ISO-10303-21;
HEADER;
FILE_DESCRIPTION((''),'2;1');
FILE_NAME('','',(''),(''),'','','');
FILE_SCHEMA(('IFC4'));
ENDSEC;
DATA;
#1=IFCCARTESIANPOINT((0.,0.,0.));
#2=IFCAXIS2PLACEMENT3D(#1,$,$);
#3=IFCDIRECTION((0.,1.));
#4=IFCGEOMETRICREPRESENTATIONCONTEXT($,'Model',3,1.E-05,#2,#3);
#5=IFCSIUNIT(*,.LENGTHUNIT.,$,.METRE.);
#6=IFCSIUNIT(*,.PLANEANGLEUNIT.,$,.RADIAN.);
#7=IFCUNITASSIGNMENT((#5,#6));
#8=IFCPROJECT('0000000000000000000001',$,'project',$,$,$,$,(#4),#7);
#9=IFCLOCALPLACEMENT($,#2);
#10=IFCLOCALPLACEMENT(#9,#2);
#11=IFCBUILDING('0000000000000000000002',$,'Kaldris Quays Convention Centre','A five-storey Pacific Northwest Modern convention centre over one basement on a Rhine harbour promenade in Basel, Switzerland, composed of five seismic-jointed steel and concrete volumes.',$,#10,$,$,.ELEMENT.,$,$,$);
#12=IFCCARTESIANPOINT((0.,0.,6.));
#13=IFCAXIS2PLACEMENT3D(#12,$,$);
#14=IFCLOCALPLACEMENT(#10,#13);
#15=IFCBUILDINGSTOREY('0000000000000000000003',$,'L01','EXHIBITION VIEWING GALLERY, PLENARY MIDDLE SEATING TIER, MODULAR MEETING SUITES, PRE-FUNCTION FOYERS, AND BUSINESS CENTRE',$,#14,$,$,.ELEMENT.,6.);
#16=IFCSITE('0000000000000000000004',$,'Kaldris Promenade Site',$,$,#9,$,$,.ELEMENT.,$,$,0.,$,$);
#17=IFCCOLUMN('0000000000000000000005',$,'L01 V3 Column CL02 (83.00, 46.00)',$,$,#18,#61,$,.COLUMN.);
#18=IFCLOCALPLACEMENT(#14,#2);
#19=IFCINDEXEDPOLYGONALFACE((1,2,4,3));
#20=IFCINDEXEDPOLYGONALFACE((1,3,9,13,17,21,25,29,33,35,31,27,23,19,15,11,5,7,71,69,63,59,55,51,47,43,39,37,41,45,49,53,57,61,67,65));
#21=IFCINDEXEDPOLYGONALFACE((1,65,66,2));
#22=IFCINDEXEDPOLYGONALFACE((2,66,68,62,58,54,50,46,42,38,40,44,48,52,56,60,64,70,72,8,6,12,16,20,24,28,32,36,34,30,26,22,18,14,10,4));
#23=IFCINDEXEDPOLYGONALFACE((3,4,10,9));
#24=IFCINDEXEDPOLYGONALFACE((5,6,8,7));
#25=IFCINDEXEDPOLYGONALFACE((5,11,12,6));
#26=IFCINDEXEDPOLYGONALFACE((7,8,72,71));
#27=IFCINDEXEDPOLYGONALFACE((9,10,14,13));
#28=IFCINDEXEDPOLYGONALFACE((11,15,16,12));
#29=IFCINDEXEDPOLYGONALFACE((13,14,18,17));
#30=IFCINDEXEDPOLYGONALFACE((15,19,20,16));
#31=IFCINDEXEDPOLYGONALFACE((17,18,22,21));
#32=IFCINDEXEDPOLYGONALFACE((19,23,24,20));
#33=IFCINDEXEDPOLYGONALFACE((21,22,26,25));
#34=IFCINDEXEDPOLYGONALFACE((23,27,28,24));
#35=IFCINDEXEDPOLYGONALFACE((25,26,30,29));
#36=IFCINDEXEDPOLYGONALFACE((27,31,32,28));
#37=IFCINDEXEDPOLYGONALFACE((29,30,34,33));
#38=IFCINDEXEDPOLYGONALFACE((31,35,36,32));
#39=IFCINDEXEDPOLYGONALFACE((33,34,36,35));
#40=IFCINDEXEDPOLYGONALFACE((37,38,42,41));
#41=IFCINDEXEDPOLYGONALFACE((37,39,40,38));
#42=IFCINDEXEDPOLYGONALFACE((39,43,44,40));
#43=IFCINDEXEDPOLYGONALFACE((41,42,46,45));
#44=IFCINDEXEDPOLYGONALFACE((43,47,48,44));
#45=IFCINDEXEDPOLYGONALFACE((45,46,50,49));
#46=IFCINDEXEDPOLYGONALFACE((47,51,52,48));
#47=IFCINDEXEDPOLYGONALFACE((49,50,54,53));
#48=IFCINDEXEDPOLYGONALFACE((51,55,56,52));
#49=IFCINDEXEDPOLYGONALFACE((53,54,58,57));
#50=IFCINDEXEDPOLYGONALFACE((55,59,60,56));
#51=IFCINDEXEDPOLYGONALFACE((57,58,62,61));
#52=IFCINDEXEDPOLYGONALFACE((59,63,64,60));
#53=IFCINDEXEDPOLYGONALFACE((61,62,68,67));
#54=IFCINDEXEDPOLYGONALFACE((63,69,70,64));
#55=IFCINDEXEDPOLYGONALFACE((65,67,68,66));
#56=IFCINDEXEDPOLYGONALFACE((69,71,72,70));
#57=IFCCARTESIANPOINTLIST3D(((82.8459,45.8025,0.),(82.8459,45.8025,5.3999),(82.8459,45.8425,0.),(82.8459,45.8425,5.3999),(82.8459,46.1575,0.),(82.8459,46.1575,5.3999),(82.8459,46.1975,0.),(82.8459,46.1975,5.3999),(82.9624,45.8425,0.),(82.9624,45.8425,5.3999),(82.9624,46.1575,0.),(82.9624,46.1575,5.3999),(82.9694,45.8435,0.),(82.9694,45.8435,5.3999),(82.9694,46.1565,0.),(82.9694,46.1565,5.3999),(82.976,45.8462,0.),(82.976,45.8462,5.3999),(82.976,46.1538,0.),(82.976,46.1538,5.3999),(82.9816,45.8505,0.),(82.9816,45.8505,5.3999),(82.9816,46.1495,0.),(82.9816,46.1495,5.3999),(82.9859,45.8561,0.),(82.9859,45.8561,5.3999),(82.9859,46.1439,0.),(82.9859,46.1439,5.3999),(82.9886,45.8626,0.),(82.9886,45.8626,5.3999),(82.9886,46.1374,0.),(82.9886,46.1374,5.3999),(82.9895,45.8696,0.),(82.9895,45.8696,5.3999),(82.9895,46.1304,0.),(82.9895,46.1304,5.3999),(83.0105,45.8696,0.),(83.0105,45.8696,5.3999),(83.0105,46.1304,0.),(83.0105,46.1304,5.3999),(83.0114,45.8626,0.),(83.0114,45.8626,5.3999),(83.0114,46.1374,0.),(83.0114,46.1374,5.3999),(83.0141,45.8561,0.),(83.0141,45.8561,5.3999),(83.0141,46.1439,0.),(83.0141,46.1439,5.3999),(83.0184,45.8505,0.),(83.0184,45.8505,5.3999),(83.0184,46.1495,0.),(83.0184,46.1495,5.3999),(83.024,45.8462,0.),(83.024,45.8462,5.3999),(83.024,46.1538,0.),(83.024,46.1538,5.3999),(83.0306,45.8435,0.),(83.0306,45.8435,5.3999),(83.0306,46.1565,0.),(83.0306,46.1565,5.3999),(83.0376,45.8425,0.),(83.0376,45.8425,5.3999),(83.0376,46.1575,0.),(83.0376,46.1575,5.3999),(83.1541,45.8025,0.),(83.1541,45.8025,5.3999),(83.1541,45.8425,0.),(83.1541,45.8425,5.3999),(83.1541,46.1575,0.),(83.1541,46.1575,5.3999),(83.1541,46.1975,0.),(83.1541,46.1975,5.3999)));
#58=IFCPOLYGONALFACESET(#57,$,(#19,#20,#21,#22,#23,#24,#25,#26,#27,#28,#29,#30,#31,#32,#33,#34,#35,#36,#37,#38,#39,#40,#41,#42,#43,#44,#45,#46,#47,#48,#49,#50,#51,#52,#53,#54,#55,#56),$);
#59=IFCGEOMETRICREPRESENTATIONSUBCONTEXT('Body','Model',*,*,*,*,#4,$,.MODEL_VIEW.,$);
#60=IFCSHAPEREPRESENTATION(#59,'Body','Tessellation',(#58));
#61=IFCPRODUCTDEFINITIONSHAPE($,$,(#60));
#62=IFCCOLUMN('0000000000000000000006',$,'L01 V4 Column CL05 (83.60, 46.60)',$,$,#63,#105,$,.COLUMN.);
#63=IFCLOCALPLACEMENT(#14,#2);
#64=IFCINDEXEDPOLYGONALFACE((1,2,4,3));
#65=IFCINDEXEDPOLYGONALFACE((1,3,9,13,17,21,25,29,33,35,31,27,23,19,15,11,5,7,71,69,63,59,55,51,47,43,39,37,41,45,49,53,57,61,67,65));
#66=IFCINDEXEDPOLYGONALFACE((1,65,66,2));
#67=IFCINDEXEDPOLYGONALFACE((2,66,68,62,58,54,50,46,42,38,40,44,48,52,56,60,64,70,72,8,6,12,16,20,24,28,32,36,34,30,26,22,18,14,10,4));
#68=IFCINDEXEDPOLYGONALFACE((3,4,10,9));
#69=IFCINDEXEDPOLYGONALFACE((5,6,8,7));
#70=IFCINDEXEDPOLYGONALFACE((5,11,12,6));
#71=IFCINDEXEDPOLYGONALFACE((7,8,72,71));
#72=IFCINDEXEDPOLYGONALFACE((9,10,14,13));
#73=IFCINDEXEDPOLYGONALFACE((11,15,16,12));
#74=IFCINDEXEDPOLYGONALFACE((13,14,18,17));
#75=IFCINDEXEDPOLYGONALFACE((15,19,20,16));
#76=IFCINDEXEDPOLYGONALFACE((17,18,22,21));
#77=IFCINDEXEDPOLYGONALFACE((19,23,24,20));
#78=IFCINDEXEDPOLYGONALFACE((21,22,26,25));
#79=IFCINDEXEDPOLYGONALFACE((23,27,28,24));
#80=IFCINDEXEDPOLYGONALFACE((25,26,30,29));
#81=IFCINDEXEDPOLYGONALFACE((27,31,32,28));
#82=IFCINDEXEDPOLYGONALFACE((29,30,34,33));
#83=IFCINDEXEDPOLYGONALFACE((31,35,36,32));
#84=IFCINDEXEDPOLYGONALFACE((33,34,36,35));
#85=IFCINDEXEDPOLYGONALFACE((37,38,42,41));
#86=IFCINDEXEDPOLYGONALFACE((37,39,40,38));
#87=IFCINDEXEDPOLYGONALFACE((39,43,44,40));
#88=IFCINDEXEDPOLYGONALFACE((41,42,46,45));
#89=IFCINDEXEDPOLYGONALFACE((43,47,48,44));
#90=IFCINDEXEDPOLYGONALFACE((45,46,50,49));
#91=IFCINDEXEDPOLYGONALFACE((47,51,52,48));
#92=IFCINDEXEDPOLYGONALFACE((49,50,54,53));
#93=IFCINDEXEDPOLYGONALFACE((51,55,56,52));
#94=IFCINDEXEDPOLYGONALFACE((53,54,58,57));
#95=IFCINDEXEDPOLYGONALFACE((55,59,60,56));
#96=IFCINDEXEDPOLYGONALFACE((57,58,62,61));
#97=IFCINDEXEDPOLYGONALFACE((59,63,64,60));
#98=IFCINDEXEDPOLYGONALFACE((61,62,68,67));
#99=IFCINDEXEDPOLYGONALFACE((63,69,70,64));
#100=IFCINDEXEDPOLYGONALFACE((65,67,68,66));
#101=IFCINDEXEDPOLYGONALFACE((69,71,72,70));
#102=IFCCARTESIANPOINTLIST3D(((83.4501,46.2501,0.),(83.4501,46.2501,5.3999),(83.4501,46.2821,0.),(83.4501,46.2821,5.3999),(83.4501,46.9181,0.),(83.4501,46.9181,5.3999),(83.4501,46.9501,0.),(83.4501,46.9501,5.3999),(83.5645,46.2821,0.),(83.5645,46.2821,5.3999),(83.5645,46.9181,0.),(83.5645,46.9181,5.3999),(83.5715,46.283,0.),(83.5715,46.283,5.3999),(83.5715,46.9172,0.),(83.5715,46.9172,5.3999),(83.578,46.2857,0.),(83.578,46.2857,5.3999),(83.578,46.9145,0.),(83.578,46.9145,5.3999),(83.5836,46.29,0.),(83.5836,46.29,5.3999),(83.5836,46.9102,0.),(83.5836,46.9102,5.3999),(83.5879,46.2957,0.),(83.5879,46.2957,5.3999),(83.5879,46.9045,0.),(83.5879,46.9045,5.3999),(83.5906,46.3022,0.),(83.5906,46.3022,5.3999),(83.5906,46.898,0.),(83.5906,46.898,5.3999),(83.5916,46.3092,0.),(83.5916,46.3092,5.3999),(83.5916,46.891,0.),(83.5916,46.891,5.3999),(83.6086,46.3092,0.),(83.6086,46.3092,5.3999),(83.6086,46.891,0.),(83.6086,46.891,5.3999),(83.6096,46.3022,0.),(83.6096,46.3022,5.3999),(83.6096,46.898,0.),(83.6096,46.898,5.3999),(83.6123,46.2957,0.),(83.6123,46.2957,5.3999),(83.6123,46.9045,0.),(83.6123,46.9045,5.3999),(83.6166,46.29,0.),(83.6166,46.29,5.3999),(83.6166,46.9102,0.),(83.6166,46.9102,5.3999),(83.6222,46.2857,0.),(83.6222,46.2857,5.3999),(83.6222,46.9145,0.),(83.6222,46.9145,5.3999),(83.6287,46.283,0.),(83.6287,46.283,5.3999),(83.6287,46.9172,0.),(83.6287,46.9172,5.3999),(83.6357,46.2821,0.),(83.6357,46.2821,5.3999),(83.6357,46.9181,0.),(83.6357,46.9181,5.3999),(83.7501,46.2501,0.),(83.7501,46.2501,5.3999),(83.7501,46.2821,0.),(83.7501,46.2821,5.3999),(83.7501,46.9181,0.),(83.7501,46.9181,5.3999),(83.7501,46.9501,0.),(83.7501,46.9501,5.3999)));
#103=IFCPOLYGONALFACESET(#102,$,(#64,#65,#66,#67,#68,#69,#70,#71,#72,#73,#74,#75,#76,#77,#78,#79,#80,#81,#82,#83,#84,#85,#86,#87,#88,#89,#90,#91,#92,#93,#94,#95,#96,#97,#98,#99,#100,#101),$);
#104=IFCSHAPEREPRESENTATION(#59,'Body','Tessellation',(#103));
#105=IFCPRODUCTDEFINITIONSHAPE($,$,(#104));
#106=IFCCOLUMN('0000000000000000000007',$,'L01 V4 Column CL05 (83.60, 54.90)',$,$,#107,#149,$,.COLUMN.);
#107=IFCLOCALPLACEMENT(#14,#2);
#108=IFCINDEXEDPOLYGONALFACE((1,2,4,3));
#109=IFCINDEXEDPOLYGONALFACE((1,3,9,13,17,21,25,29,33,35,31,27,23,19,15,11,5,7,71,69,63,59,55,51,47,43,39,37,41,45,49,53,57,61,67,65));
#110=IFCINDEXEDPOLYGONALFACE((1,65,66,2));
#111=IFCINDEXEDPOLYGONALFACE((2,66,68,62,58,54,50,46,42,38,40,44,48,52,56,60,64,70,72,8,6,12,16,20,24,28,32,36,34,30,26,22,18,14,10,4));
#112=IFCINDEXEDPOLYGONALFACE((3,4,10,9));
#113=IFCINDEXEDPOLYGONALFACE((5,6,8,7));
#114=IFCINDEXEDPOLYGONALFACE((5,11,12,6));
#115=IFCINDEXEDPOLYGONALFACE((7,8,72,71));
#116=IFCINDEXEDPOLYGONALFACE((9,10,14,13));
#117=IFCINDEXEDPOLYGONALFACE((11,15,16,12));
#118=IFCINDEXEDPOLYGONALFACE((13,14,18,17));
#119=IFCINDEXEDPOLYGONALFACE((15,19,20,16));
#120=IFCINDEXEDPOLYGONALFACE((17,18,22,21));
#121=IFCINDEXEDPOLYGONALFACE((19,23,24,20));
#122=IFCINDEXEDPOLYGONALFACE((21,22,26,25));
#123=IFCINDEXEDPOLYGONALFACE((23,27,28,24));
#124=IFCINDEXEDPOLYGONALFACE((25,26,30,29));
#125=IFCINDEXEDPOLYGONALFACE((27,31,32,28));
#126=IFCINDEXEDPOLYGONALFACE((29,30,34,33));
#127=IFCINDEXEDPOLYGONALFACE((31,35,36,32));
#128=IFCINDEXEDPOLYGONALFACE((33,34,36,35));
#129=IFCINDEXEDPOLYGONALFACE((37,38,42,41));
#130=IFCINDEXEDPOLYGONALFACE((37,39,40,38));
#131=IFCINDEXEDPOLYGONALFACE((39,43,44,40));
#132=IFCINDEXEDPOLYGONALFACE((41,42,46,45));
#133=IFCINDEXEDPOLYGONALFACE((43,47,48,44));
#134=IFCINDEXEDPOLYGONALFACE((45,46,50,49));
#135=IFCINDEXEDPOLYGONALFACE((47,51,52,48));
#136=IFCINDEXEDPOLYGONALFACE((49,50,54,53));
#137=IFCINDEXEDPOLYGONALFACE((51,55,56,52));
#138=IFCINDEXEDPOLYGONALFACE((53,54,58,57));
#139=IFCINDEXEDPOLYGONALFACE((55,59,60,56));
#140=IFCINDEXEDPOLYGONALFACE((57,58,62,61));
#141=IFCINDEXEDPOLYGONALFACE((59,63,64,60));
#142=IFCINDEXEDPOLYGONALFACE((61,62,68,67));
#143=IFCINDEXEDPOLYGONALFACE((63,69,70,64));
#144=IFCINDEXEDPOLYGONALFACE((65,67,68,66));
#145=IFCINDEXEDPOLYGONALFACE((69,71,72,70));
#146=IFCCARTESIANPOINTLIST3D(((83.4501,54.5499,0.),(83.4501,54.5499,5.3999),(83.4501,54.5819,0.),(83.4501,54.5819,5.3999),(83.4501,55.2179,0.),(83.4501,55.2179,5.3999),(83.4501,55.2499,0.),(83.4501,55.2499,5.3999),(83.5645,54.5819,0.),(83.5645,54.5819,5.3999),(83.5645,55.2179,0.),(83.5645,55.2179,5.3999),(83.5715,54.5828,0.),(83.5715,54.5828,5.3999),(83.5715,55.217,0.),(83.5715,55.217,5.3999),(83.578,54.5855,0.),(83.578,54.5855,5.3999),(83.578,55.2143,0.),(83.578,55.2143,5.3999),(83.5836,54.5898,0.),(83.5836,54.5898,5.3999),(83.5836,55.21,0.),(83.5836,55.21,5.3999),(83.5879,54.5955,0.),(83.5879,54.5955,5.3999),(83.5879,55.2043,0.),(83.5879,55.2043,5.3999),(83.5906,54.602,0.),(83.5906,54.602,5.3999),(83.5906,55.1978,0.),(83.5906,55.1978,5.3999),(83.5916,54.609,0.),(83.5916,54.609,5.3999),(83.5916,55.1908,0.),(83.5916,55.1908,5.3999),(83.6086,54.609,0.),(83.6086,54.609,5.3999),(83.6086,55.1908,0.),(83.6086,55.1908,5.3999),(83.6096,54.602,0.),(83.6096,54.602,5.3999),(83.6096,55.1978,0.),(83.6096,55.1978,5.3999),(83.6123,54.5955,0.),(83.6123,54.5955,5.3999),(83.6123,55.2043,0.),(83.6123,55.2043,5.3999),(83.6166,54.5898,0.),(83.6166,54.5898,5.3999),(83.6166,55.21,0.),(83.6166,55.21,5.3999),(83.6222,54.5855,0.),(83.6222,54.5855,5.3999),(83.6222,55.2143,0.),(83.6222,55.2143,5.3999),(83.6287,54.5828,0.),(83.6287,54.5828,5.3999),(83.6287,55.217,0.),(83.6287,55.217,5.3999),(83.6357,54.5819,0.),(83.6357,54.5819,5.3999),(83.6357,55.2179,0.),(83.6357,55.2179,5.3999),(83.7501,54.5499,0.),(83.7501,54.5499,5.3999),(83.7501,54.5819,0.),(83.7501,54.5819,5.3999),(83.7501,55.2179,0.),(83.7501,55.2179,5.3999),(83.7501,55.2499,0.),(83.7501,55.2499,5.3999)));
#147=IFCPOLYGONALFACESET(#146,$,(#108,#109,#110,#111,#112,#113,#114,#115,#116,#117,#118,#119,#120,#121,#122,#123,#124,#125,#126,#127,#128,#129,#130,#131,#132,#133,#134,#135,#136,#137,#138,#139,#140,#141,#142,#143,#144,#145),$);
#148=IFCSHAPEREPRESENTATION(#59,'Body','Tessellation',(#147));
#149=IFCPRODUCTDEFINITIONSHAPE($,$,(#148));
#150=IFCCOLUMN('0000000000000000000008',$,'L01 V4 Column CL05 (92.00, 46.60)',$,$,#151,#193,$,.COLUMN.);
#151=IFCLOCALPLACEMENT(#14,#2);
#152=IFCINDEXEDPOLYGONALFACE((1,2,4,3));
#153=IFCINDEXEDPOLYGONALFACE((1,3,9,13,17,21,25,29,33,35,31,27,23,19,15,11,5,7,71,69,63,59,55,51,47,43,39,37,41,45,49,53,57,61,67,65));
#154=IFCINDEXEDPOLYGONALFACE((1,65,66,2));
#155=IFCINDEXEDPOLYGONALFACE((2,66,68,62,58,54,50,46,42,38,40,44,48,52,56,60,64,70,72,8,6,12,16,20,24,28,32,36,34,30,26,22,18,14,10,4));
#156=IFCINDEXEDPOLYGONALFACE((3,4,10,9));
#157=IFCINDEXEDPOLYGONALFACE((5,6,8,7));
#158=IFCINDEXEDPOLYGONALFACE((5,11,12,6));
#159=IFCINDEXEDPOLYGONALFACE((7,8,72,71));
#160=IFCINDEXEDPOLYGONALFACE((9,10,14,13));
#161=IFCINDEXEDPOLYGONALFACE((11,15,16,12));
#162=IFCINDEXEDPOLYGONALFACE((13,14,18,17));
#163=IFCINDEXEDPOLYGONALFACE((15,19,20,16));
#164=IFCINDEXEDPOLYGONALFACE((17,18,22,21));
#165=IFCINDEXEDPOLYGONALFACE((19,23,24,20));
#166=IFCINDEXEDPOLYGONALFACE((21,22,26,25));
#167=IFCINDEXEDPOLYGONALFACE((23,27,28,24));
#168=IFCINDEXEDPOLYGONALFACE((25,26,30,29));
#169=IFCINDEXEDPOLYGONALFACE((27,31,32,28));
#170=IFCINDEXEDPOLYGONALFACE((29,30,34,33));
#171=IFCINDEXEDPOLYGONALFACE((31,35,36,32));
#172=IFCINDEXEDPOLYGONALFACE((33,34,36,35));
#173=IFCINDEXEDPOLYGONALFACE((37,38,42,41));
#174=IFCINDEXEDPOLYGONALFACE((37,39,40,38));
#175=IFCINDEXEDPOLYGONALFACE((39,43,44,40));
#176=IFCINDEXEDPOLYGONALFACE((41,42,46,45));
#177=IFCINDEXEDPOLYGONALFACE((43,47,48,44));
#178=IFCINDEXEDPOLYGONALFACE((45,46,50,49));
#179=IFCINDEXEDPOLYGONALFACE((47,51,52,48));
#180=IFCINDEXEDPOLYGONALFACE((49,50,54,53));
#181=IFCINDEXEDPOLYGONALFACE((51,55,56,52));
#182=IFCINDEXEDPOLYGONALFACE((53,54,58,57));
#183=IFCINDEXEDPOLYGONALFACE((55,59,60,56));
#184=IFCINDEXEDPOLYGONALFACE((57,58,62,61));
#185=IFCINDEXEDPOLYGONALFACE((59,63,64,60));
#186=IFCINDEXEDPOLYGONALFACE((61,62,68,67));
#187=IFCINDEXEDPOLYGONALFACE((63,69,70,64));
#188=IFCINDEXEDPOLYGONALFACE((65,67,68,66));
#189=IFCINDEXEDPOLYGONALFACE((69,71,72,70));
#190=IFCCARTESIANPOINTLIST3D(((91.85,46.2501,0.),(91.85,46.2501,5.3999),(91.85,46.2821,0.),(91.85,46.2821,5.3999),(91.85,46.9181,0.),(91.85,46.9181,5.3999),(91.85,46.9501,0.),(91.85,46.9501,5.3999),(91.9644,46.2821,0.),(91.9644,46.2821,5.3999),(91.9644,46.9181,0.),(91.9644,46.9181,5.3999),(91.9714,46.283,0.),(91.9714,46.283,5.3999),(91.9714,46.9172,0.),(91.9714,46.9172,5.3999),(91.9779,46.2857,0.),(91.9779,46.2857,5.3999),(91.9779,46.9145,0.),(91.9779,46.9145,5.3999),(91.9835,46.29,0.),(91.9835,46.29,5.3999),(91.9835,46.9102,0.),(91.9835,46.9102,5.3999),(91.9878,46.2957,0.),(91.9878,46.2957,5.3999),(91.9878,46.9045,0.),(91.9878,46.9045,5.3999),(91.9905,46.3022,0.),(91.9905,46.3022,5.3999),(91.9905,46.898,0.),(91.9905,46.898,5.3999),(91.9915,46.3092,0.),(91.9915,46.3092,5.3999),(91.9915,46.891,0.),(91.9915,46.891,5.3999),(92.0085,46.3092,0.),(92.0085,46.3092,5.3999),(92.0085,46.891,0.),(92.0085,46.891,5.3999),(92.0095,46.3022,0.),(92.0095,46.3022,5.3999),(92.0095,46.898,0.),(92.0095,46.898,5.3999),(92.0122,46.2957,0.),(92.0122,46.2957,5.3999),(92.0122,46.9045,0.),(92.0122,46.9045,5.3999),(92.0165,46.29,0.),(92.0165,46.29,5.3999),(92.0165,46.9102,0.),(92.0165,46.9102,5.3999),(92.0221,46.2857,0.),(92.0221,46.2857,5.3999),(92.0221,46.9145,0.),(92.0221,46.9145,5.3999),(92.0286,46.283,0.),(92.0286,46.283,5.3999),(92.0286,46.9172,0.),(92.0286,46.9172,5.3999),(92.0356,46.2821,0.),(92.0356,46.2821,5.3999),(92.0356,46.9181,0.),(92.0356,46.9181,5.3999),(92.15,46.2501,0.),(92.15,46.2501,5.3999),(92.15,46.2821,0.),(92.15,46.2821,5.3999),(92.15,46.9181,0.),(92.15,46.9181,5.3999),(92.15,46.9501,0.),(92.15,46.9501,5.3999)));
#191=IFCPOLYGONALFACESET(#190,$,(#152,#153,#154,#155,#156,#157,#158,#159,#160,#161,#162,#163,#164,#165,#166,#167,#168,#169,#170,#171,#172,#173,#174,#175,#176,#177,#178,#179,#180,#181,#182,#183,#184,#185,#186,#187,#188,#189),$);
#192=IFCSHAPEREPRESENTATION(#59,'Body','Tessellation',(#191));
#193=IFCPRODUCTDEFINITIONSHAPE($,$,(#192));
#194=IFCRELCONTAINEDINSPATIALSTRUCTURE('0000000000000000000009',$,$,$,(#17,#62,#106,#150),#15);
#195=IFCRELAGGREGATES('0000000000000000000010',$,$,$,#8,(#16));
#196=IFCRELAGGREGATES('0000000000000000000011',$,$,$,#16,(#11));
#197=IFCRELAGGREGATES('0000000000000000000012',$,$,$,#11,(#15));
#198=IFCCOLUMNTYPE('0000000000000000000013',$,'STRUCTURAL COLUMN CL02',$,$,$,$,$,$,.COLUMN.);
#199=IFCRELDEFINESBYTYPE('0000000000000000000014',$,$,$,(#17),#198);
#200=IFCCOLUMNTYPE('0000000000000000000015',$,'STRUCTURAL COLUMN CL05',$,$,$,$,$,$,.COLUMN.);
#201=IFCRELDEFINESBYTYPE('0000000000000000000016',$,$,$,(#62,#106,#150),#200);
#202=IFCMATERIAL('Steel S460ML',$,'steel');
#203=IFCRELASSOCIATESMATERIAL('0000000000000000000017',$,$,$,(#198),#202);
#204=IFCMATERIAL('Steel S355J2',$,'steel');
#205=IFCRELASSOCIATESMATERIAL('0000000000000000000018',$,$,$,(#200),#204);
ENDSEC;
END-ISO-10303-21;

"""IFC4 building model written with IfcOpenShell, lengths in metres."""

from ifc_helpers import new_model, si_unit, direction, frame, origin, origin_2d, place, context, subcontext, project, spatial, i_section, extrude, material, material_profile, profile_set, type_object, element, save


model = new_model("IFC4")

# Units and contexts
model_context = context("Model", 3, precision=1e-05, world=origin(), true_north=direction((0.0, 1.0)))
body_context = subcontext(model_context, "Body", "Model", "MODEL_VIEW")
ifc_project = project(units=[si_unit("LENGTHUNIT", "METRE"), si_unit("PLANEANGLEUNIT", "RADIAN")], contexts=[model_context])

# Site, building, storey
site_placement = place(None, origin())
site = spatial("IfcSite", under=ifc_project, at=site_placement, Name="Kaldris Promenade Site", CompositionType="ELEMENT", RefElevation=0.0)
building_placement = place(site_placement, origin())
building = spatial("IfcBuilding", under=site, at=building_placement, Name="Kaldris Quays Convention Centre", Description="A five-storey Pacific Northwest Modern convention centre over one basement on a Rhine harbour promenade in Basel, Switzerland, composed of five seismic-jointed steel and concrete volumes.", CompositionType="ELEMENT")
storey_placement = place(building_placement, frame((0.0, 0.0, 6.0)))
storey = spatial("IfcBuildingStorey", under=building, at=storey_placement, Name="L01", Description="EXHIBITION VIEWING GALLERY, PLENARY MIDDLE SEATING TIER, MODULAR MEETING SUITES, PRE-FUNCTION FOYERS, AND BUSINESS CENTRE", CompositionType="ELEMENT", Elevation=6.0)

# Columns
ifc_material_1 = material(Name="Steel S460ML", Category="steel")
ifc_material_profile_1 = material_profile(ifc_material_1, i_section(OverallWidth=0.3081, OverallDepth=0.395, WebThickness=0.021, FlangeThickness=0.04, FilletRadius=0.0271, at=origin_2d()), Name="HEM 360")
ifc_profile_set_1 = profile_set([ifc_material_profile_1], Name="Steel S460ML")
column_type_1 = type_object("IfcColumnType", Name="STRUCTURAL COLUMN CL02", PredefinedType="COLUMN", material=ifc_profile_set_1)
column_placement = place(storey_placement, frame((83.0, 46.0, 0.0), z_axis=(0.0, 0.0, 1.0), x_axis=(1.0, 0.0, 0.0)))
element("IfcColumn", 1, at=column_placement, inside=storey, type_object=column_type_1, Name="L01 V3 Column CL02 (83.00, 46.00)", PredefinedType="COLUMN", context=body_context, shape_type="SweptSolid", body=[
    extrude(i_section(OverallWidth=0.3081, OverallDepth=0.395, WebThickness=0.021, FlangeThickness=0.04, FilletRadius=0.0271, at=origin_2d()), origin(), (0.0, 0.0, 1.0), 5.3999),
])
ifc_material_2 = material(Name="Steel S355J2", Category="steel")
ifc_material_profile_2 = material_profile(ifc_material_2, i_section(OverallWidth=0.3, OverallDepth=0.7, WebThickness=0.0171, FlangeThickness=0.032, FilletRadius=0.0271, at=origin_2d()), Name="HEB 700")
ifc_profile_set_2 = profile_set([ifc_material_profile_2], Name="Steel S355J2")
column_type_2 = type_object("IfcColumnType", Name="STRUCTURAL COLUMN CL05", PredefinedType="COLUMN", material=ifc_profile_set_2)
for number, where, z_axis, x_axis, name in (
    (2, (83.6001, 46.6001, 0.0), (0.0, 0.0, 1.0), (1.0, 0.0, 0.0), "L01 V4 Column CL05 (83.60, 46.60)"),
    (3, (83.6001, 54.8999, 0.0), (0.0, 0.0, 1.0), (1.0, 0.0, 0.0), "L01 V4 Column CL05 (83.60, 54.90)"),
    (4, (92.0, 46.6001, 0.0), (0.0, 0.0, 1.0), (1.0, 0.0, 0.0), "L01 V4 Column CL05 (92.00, 46.60)"),
):
    element("IfcColumn", number, at=place(storey_placement, frame(where, z_axis=z_axis, x_axis=x_axis)), inside=storey, type_object=column_type_2, Name=name, PredefinedType="COLUMN", context=body_context, shape_type="SweptSolid", body=[
        extrude(i_section(OverallWidth=0.3, OverallDepth=0.7, WebThickness=0.0171, FlangeThickness=0.032, FilletRadius=0.0271, at=origin_2d()), origin(), (0.0, 0.0, 1.0), 5.3999),
    ])

save(model, "model.ifc")
